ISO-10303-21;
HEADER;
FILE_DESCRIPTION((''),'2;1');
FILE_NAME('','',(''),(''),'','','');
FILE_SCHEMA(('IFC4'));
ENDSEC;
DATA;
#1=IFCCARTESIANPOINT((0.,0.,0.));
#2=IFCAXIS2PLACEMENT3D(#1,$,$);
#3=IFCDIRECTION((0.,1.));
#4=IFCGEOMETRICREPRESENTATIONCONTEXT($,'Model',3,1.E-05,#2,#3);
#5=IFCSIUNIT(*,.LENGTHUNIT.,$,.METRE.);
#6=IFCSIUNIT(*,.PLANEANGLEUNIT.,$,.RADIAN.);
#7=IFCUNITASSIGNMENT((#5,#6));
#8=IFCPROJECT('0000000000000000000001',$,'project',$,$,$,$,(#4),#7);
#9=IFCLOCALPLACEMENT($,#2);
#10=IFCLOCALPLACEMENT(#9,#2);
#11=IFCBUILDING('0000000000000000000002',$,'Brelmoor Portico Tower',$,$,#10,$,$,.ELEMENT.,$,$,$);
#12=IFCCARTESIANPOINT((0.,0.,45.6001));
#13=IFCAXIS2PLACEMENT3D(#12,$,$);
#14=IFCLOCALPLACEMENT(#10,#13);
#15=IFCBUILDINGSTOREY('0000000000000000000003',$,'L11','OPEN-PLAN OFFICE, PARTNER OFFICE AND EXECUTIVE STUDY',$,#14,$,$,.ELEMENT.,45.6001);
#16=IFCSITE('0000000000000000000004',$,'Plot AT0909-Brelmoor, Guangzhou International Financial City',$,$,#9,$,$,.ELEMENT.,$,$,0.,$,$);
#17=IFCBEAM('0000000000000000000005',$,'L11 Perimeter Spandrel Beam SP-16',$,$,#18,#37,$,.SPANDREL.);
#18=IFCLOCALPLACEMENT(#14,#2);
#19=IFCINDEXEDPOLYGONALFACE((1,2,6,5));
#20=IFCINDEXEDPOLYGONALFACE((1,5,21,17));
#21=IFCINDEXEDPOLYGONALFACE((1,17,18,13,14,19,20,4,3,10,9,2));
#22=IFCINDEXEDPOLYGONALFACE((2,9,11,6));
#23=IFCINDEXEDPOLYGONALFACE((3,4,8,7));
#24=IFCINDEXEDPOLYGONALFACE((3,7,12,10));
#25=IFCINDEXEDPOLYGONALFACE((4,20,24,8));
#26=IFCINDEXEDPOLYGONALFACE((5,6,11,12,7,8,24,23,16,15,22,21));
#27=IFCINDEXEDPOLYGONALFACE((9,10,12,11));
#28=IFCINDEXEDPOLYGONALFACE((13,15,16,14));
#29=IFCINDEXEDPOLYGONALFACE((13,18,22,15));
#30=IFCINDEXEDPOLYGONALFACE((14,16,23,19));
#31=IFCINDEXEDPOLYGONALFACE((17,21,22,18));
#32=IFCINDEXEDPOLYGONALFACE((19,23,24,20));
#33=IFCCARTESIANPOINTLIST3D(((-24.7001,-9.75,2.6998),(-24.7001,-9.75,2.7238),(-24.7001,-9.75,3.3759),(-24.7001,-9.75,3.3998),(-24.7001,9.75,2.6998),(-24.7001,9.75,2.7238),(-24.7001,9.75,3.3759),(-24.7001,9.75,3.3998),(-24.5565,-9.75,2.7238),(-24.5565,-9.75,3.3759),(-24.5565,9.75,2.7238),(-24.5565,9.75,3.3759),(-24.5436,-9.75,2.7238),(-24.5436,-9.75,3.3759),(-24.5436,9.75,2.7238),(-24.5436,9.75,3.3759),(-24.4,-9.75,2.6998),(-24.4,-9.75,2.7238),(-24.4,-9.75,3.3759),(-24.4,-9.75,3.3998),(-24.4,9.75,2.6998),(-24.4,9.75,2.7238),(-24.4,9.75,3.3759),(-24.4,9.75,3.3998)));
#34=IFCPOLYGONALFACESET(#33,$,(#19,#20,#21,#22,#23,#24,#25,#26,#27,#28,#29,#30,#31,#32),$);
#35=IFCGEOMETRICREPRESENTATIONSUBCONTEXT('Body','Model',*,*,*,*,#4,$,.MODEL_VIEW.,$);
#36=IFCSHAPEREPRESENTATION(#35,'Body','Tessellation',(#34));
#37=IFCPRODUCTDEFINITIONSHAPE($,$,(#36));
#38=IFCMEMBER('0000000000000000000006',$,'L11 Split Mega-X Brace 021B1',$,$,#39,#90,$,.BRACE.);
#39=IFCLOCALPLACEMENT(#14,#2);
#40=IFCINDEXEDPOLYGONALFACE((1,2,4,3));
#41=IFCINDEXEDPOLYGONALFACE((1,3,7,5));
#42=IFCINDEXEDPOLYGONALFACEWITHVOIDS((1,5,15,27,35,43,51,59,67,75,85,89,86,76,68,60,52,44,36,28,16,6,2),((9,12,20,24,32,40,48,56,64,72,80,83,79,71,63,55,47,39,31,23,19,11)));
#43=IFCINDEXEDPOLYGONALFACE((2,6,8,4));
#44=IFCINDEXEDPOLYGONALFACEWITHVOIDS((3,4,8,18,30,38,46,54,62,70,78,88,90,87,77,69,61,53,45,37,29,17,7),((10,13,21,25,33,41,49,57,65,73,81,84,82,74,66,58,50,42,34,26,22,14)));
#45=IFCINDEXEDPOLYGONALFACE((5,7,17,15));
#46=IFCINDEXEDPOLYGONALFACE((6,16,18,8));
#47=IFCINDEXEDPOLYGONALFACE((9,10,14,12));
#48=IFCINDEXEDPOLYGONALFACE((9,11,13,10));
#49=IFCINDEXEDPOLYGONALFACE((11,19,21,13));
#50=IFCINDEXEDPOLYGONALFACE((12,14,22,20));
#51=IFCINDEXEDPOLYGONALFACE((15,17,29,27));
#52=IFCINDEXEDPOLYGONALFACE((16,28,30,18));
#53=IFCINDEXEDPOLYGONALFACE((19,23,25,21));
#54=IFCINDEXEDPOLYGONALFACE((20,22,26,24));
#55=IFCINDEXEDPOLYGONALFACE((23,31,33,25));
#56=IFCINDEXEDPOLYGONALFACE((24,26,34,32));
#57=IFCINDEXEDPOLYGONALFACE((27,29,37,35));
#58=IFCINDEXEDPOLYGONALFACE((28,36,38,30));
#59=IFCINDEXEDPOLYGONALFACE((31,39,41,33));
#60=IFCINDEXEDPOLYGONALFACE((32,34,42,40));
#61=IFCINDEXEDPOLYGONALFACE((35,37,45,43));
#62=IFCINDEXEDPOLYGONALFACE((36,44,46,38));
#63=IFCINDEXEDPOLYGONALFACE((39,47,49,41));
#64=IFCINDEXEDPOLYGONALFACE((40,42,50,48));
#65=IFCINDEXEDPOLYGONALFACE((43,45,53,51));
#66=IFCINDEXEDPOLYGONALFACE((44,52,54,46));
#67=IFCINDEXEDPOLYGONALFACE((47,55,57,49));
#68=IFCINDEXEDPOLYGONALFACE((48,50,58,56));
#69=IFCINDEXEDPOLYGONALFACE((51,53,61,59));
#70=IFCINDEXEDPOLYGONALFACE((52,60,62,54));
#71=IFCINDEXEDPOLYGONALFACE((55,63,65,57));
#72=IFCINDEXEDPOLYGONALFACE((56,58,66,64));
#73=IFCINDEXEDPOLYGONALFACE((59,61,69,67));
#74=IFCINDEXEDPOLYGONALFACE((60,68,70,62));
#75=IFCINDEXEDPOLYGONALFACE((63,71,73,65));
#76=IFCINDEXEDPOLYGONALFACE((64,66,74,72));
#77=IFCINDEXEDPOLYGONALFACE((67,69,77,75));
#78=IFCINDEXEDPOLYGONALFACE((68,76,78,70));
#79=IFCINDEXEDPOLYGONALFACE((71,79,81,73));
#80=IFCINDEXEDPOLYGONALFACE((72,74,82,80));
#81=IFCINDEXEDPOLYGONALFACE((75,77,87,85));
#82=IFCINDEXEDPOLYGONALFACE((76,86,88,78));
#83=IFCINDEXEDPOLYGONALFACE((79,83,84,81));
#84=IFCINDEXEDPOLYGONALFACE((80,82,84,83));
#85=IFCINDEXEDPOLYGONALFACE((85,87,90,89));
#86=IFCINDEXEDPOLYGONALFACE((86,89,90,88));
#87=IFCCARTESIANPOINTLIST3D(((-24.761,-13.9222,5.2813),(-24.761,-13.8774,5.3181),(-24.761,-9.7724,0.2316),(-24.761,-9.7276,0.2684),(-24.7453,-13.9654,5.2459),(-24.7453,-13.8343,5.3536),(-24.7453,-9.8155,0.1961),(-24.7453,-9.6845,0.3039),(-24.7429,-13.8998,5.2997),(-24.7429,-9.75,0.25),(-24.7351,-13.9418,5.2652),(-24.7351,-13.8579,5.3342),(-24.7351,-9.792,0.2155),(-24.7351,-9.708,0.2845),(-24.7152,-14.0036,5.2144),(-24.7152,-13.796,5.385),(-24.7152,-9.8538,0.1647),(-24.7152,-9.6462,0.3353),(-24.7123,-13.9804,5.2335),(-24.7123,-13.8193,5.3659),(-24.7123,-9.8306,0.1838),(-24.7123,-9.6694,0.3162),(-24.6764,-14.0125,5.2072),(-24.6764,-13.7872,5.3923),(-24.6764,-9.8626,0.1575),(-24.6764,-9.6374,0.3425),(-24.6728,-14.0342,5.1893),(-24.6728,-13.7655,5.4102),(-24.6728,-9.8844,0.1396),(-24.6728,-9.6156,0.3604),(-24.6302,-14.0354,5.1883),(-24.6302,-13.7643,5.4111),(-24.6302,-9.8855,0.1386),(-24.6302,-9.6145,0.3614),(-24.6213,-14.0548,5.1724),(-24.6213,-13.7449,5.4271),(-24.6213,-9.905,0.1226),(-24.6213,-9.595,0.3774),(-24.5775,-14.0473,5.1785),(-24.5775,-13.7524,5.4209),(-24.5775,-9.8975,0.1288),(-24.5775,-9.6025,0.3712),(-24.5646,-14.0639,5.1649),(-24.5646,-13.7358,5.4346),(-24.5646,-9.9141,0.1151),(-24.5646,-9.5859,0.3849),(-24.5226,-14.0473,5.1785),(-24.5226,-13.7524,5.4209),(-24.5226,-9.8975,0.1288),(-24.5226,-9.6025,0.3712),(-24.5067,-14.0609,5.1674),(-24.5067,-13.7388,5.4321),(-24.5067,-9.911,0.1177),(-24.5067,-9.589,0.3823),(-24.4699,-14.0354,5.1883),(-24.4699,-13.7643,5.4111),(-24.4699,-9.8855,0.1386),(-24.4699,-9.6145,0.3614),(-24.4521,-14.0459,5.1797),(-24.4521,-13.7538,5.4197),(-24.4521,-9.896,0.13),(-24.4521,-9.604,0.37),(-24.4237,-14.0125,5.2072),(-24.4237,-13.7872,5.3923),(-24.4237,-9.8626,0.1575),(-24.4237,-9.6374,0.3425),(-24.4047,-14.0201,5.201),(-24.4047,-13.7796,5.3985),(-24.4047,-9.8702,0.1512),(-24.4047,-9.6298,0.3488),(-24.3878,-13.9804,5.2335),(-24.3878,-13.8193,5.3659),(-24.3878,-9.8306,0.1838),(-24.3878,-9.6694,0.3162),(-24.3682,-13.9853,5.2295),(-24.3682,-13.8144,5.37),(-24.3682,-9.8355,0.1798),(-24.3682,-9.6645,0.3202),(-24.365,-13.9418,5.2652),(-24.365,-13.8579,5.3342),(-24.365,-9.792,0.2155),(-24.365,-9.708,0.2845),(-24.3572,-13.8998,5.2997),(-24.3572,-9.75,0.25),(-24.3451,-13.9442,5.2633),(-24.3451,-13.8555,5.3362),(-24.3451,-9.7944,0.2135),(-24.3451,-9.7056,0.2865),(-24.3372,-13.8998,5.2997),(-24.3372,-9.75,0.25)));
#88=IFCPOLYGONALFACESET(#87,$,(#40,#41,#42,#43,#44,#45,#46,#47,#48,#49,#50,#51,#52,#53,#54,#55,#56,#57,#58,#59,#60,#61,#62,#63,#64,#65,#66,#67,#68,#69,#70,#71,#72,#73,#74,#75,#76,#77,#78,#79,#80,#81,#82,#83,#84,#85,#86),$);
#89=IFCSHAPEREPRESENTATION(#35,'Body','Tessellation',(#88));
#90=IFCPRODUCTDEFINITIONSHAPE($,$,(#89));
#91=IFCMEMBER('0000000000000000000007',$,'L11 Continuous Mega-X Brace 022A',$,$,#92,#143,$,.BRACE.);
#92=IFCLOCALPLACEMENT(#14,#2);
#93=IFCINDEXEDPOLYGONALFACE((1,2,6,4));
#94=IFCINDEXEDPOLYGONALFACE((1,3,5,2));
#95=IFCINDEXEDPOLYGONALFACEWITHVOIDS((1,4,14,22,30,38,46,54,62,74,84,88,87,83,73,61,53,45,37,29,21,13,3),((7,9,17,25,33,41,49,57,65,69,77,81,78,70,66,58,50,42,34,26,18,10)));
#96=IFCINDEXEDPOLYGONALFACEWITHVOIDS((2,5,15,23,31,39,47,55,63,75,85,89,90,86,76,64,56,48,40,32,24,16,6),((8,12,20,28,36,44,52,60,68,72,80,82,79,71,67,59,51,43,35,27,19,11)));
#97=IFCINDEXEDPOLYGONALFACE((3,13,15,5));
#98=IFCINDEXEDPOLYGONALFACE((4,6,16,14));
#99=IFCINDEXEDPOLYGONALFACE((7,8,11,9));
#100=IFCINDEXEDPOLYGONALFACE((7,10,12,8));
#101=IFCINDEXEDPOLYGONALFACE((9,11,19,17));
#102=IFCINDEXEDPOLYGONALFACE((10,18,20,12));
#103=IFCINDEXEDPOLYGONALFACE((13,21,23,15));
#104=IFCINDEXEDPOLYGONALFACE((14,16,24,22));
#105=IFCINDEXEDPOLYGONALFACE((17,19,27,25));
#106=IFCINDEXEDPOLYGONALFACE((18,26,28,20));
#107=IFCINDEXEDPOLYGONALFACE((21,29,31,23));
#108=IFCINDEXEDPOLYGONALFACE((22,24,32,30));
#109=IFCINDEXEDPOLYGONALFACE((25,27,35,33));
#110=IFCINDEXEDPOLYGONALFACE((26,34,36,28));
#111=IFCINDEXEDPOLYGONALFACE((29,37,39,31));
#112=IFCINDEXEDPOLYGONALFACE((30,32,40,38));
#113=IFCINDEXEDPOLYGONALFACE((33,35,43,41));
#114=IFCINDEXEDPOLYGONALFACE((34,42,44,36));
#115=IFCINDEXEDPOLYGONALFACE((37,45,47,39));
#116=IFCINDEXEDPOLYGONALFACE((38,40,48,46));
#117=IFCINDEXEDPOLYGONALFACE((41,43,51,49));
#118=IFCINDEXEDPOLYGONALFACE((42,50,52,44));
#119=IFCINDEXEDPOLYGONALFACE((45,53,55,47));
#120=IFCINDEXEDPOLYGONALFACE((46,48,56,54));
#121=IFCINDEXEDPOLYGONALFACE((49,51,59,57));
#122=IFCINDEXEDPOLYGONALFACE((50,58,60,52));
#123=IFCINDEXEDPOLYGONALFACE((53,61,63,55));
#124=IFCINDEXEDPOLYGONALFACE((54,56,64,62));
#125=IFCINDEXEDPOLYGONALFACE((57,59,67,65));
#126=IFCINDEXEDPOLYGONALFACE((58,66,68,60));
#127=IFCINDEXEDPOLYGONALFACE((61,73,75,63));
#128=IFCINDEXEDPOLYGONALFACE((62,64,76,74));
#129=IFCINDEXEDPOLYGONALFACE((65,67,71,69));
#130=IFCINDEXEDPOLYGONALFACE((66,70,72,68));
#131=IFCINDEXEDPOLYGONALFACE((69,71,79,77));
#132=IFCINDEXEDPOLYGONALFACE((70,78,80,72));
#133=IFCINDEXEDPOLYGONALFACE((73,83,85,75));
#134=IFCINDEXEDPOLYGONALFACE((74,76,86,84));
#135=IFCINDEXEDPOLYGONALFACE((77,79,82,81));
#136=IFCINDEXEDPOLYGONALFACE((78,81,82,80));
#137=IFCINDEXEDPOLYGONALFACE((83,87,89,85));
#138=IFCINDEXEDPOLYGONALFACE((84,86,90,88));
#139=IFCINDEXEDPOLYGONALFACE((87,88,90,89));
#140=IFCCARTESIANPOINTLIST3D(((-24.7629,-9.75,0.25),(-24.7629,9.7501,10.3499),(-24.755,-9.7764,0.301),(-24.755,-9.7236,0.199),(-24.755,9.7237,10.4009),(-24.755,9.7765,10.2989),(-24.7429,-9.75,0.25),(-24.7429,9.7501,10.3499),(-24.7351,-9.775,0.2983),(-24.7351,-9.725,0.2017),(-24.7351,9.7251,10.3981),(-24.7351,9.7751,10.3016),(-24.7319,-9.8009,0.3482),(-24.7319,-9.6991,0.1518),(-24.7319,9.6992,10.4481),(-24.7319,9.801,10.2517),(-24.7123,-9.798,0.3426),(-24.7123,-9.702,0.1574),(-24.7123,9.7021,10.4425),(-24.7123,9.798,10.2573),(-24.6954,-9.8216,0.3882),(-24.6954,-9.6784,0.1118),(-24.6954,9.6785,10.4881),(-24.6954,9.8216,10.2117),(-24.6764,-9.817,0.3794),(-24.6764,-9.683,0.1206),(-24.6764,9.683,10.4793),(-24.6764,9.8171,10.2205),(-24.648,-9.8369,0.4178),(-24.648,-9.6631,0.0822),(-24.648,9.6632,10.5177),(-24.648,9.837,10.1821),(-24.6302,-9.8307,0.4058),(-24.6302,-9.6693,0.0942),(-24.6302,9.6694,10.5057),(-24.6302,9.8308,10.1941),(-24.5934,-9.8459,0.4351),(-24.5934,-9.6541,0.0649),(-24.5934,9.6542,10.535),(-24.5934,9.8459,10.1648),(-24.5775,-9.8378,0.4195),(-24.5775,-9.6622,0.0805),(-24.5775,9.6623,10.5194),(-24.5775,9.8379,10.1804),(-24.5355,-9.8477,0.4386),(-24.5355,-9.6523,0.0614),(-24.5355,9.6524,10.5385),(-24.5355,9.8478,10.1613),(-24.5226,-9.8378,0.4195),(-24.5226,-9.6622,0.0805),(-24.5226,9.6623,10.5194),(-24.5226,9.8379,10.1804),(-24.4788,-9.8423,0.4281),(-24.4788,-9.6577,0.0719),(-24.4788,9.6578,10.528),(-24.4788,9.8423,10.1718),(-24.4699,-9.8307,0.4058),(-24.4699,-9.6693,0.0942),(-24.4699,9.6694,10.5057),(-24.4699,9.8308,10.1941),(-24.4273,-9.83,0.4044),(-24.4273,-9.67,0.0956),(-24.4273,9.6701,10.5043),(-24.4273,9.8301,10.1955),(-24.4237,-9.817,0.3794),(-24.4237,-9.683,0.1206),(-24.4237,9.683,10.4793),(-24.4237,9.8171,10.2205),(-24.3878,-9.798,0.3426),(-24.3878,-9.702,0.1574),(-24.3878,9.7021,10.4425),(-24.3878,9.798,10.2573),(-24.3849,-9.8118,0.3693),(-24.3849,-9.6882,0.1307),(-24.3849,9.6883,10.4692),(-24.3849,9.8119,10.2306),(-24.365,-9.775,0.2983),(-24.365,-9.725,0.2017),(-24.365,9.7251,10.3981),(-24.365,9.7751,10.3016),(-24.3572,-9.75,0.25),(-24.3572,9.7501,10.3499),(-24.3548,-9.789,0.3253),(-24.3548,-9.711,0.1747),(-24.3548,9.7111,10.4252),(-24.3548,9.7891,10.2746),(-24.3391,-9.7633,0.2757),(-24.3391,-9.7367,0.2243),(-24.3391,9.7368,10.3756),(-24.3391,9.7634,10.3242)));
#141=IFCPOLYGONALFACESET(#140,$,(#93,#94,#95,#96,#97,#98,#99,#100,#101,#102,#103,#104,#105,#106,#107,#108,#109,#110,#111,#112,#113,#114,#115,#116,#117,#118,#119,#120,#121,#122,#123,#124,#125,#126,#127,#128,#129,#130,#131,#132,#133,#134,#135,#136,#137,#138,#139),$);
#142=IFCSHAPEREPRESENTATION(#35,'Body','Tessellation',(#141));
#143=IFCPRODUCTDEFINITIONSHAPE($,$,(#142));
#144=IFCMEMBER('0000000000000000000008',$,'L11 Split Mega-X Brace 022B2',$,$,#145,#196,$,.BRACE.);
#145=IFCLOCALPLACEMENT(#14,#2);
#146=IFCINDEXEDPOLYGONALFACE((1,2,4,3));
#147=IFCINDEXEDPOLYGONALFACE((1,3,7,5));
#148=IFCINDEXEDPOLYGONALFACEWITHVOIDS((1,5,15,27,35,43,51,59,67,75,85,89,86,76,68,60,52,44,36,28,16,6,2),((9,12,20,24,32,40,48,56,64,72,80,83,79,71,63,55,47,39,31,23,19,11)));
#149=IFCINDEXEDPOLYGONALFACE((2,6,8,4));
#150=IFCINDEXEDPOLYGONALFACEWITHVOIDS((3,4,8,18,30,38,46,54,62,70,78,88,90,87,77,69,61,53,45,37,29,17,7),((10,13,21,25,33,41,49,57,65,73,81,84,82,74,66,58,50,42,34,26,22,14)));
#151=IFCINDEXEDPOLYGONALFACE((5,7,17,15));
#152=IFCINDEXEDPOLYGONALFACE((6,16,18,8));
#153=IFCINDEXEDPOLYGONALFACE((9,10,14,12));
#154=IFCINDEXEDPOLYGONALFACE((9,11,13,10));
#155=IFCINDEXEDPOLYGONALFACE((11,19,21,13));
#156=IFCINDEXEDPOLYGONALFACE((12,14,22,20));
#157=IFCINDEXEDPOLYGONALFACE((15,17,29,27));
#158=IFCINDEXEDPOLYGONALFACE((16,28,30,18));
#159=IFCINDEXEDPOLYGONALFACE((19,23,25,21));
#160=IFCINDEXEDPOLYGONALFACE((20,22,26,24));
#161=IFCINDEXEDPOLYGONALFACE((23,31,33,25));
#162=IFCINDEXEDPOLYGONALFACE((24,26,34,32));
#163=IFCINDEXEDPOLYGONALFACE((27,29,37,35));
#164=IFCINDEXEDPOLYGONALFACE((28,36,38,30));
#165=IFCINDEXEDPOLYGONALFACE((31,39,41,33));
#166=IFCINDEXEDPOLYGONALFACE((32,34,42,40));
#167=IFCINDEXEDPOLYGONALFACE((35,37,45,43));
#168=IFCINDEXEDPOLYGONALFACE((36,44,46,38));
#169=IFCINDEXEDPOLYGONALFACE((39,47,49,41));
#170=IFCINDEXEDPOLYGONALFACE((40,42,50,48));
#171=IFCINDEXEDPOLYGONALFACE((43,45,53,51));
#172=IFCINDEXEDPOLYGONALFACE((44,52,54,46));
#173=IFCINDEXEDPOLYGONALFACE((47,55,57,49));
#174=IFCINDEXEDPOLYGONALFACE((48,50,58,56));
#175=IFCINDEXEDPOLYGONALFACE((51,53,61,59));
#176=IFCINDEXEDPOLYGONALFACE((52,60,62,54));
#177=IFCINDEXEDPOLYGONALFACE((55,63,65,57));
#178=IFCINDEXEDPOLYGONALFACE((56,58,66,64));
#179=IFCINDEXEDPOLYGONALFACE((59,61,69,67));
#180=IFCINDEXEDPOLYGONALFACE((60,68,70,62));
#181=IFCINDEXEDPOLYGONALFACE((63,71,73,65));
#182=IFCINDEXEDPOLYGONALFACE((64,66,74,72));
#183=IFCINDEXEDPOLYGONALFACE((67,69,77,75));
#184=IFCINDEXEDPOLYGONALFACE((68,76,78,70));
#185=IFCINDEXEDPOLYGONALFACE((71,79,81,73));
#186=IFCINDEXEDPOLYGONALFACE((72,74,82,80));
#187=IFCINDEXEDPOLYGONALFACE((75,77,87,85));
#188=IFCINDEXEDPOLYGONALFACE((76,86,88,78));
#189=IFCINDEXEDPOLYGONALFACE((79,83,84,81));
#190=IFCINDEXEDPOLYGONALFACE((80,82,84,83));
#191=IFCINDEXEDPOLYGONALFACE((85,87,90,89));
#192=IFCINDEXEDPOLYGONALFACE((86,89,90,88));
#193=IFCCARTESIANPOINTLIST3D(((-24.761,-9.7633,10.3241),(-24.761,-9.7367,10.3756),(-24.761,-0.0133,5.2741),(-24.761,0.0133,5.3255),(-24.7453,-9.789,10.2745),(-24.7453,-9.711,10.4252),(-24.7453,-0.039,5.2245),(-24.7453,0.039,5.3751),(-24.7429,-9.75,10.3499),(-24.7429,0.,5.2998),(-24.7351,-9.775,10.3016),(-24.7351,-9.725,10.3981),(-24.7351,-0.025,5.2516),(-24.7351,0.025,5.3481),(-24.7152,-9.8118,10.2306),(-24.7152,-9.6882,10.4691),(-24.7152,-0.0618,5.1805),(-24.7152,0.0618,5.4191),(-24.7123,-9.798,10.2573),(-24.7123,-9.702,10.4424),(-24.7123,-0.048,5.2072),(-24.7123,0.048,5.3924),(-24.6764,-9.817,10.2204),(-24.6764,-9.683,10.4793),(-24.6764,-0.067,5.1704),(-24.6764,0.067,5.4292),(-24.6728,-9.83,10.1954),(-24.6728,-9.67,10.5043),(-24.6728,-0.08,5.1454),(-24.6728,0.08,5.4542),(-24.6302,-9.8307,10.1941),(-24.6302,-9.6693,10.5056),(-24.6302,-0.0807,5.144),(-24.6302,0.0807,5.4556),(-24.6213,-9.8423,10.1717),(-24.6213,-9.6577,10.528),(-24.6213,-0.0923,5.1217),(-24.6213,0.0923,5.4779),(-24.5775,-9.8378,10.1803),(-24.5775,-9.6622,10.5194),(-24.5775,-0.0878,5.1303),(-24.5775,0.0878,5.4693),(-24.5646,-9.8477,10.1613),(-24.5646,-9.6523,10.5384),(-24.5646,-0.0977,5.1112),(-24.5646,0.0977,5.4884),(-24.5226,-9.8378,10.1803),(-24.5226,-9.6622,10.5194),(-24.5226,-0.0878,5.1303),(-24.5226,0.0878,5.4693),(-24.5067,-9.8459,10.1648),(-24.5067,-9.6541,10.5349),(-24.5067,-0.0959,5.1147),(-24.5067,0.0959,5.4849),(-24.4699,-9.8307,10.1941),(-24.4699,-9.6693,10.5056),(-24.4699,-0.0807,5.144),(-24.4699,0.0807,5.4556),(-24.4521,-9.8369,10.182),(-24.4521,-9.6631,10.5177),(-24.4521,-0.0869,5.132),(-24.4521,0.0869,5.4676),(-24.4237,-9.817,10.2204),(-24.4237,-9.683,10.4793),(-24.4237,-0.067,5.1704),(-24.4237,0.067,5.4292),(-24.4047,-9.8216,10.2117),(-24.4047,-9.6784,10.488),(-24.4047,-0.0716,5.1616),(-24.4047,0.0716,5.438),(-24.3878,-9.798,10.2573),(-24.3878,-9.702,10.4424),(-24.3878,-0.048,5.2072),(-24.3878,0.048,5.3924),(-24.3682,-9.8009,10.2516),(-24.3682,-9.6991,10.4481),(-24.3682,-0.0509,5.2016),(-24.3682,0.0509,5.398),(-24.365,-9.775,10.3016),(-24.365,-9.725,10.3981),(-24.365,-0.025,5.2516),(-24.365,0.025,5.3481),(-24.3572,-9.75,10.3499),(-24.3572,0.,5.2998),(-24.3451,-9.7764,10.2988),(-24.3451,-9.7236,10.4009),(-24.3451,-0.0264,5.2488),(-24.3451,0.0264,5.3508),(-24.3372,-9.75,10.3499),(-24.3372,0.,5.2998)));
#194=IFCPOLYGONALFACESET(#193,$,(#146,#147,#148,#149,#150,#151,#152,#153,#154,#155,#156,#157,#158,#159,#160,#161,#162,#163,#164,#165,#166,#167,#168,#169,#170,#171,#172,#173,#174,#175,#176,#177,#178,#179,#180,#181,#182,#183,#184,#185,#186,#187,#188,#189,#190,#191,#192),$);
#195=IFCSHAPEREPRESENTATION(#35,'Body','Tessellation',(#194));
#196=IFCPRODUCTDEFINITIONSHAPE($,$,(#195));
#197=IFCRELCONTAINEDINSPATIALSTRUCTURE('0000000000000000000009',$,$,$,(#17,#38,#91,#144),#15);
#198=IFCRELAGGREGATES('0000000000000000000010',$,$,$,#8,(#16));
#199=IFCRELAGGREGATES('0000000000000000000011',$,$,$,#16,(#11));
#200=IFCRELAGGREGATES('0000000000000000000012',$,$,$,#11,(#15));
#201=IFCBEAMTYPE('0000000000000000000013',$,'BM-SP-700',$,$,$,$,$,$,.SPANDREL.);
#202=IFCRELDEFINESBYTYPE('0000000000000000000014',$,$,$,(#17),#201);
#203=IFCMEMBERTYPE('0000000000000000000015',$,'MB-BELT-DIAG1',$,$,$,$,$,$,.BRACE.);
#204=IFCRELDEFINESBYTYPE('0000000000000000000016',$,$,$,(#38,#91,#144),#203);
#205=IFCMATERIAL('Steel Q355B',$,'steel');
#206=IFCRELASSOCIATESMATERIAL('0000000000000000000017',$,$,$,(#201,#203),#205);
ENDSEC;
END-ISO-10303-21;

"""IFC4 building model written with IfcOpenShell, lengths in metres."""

from ifc_helpers import new_model, si_unit, direction, frame, origin, origin_2d, place, context, subcontext, project, spatial, hollow_circle, i_section, extrude, material, material_profile, profile_set, type_object, element, save


model = new_model("IFC4")

# Units and contexts
model_context = context("Model", 3, precision=1e-05, world=origin(), true_north=direction((0.0, 1.0)))
body_context = subcontext(model_context, "Body", "Model", "MODEL_VIEW")
ifc_project = project(units=[si_unit("LENGTHUNIT", "METRE"), si_unit("PLANEANGLEUNIT", "RADIAN")], contexts=[model_context])

# Site, building, storey
site_placement = place(None, origin())
site = spatial("IfcSite", under=ifc_project, at=site_placement, Name="Plot AT0909-Brelmoor, Guangzhou International Financial City", CompositionType="ELEMENT", RefElevation=0.0)
building_placement = place(site_placement, origin())
building = spatial("IfcBuilding", under=site, at=building_placement, Name="Brelmoor Portico Tower", CompositionType="ELEMENT")
storey_placement = place(building_placement, frame((0.0, 0.0, 45.6001)))
storey = spatial("IfcBuildingStorey", under=building, at=storey_placement, Name="L11", Description="OPEN-PLAN OFFICE, PARTNER OFFICE AND EXECUTIVE STUDY", CompositionType="ELEMENT", Elevation=45.6001)

# Shared definitions
ifc_material_1 = material(Name="Steel Q355B", Category="steel")

# Beam
ifc_material_profile_1 = material_profile(ifc_material_1, i_section(OverallWidth=0.3, OverallDepth=0.7, WebThickness=0.0129, FlangeThickness=0.0239, at=origin_2d()), Name="HN 700x300x13x24")
ifc_profile_set_1 = profile_set([ifc_material_profile_1], Name="Steel Q355B")
beam_type_1 = type_object("IfcBeamType", Name="BM-SP-700", PredefinedType="SPANDREL", material=ifc_profile_set_1)
beam_1_placement = place(storey_placement, frame((-24.55, -9.75, 3.0498), z_axis=(0.0, 1.0, 0.0), x_axis=(-1.0, 0.0, 0.0)))
element("IfcBeam", 1, at=beam_1_placement, inside=storey, type_object=beam_type_1, Name="L11 Perimeter Spandrel Beam SP-16", PredefinedType="SPANDREL", context=body_context, shape_type="SweptSolid", body=[
    extrude(i_section(OverallWidth=0.3, OverallDepth=0.7, WebThickness=0.0129, FlangeThickness=0.0239, at=origin_2d()), origin(), (0.0, 0.0, 1.0), 19.5),
])

# Members
ifc_material_profile_2 = material_profile(ifc_material_1, hollow_circle(Radius=0.2129, WallThickness=0.02, at=origin_2d()), Name="CHS 426x20")
ifc_profile_set_2 = profile_set([ifc_material_profile_2], Name="Steel Q355B")
member_type_1 = type_object("IfcMemberType", Name="MB-BELT-DIAG1", PredefinedType="BRACE", material=ifc_profile_set_2)
member_1_placement = place(storey_placement, frame((-24.55, -9.75, 0.25), z_axis=(0.0, -0.634908, 0.772588), x_axis=(1.0, 0.0, 0.0)))
element("IfcMember", 2, at=member_1_placement, inside=storey, type_object=member_type_1, Name="L11 Split Mega-X Brace 021B1", PredefinedType="BRACE", context=body_context, shape_type="SweptSolid", body=[
    extrude(hollow_circle(Radius=0.2129, WallThickness=0.02, at=origin_2d()), origin(), (0.0, 0.0, 1.0), 6.5361),
])
member_2_placement = place(storey_placement, frame((-24.55, -9.75, 0.25), z_axis=(0.0, 0.887964, 0.459913), x_axis=(-1.0, 0.0, 0.0)))
element("IfcMember", 3, at=member_2_placement, inside=storey, type_object=member_type_1, Name="L11 Continuous Mega-X Brace 022A", PredefinedType="BRACE", context=body_context, shape_type="SweptSolid", body=[
    extrude(hollow_circle(Radius=0.2129, WallThickness=0.02, at=origin_2d()), origin(), (0.0, 0.0, 1.0), 21.9604),
])
member_3_placement = place(storey_placement, frame((-24.55, 0.0, 5.2998), z_axis=(0.0, -0.887959, 0.459922), x_axis=(1.0, 0.0, 0.0)))
element("IfcMember", 4, at=member_3_placement, inside=storey, type_object=member_type_1, Name="L11 Split Mega-X Brace 022B2", PredefinedType="BRACE", context=body_context, shape_type="SweptSolid", body=[
    extrude(hollow_circle(Radius=0.2129, WallThickness=0.02, at=origin_2d()), origin(), (0.0, 0.0, 1.0), 10.9802),
])

save(model, "model.ifc")
